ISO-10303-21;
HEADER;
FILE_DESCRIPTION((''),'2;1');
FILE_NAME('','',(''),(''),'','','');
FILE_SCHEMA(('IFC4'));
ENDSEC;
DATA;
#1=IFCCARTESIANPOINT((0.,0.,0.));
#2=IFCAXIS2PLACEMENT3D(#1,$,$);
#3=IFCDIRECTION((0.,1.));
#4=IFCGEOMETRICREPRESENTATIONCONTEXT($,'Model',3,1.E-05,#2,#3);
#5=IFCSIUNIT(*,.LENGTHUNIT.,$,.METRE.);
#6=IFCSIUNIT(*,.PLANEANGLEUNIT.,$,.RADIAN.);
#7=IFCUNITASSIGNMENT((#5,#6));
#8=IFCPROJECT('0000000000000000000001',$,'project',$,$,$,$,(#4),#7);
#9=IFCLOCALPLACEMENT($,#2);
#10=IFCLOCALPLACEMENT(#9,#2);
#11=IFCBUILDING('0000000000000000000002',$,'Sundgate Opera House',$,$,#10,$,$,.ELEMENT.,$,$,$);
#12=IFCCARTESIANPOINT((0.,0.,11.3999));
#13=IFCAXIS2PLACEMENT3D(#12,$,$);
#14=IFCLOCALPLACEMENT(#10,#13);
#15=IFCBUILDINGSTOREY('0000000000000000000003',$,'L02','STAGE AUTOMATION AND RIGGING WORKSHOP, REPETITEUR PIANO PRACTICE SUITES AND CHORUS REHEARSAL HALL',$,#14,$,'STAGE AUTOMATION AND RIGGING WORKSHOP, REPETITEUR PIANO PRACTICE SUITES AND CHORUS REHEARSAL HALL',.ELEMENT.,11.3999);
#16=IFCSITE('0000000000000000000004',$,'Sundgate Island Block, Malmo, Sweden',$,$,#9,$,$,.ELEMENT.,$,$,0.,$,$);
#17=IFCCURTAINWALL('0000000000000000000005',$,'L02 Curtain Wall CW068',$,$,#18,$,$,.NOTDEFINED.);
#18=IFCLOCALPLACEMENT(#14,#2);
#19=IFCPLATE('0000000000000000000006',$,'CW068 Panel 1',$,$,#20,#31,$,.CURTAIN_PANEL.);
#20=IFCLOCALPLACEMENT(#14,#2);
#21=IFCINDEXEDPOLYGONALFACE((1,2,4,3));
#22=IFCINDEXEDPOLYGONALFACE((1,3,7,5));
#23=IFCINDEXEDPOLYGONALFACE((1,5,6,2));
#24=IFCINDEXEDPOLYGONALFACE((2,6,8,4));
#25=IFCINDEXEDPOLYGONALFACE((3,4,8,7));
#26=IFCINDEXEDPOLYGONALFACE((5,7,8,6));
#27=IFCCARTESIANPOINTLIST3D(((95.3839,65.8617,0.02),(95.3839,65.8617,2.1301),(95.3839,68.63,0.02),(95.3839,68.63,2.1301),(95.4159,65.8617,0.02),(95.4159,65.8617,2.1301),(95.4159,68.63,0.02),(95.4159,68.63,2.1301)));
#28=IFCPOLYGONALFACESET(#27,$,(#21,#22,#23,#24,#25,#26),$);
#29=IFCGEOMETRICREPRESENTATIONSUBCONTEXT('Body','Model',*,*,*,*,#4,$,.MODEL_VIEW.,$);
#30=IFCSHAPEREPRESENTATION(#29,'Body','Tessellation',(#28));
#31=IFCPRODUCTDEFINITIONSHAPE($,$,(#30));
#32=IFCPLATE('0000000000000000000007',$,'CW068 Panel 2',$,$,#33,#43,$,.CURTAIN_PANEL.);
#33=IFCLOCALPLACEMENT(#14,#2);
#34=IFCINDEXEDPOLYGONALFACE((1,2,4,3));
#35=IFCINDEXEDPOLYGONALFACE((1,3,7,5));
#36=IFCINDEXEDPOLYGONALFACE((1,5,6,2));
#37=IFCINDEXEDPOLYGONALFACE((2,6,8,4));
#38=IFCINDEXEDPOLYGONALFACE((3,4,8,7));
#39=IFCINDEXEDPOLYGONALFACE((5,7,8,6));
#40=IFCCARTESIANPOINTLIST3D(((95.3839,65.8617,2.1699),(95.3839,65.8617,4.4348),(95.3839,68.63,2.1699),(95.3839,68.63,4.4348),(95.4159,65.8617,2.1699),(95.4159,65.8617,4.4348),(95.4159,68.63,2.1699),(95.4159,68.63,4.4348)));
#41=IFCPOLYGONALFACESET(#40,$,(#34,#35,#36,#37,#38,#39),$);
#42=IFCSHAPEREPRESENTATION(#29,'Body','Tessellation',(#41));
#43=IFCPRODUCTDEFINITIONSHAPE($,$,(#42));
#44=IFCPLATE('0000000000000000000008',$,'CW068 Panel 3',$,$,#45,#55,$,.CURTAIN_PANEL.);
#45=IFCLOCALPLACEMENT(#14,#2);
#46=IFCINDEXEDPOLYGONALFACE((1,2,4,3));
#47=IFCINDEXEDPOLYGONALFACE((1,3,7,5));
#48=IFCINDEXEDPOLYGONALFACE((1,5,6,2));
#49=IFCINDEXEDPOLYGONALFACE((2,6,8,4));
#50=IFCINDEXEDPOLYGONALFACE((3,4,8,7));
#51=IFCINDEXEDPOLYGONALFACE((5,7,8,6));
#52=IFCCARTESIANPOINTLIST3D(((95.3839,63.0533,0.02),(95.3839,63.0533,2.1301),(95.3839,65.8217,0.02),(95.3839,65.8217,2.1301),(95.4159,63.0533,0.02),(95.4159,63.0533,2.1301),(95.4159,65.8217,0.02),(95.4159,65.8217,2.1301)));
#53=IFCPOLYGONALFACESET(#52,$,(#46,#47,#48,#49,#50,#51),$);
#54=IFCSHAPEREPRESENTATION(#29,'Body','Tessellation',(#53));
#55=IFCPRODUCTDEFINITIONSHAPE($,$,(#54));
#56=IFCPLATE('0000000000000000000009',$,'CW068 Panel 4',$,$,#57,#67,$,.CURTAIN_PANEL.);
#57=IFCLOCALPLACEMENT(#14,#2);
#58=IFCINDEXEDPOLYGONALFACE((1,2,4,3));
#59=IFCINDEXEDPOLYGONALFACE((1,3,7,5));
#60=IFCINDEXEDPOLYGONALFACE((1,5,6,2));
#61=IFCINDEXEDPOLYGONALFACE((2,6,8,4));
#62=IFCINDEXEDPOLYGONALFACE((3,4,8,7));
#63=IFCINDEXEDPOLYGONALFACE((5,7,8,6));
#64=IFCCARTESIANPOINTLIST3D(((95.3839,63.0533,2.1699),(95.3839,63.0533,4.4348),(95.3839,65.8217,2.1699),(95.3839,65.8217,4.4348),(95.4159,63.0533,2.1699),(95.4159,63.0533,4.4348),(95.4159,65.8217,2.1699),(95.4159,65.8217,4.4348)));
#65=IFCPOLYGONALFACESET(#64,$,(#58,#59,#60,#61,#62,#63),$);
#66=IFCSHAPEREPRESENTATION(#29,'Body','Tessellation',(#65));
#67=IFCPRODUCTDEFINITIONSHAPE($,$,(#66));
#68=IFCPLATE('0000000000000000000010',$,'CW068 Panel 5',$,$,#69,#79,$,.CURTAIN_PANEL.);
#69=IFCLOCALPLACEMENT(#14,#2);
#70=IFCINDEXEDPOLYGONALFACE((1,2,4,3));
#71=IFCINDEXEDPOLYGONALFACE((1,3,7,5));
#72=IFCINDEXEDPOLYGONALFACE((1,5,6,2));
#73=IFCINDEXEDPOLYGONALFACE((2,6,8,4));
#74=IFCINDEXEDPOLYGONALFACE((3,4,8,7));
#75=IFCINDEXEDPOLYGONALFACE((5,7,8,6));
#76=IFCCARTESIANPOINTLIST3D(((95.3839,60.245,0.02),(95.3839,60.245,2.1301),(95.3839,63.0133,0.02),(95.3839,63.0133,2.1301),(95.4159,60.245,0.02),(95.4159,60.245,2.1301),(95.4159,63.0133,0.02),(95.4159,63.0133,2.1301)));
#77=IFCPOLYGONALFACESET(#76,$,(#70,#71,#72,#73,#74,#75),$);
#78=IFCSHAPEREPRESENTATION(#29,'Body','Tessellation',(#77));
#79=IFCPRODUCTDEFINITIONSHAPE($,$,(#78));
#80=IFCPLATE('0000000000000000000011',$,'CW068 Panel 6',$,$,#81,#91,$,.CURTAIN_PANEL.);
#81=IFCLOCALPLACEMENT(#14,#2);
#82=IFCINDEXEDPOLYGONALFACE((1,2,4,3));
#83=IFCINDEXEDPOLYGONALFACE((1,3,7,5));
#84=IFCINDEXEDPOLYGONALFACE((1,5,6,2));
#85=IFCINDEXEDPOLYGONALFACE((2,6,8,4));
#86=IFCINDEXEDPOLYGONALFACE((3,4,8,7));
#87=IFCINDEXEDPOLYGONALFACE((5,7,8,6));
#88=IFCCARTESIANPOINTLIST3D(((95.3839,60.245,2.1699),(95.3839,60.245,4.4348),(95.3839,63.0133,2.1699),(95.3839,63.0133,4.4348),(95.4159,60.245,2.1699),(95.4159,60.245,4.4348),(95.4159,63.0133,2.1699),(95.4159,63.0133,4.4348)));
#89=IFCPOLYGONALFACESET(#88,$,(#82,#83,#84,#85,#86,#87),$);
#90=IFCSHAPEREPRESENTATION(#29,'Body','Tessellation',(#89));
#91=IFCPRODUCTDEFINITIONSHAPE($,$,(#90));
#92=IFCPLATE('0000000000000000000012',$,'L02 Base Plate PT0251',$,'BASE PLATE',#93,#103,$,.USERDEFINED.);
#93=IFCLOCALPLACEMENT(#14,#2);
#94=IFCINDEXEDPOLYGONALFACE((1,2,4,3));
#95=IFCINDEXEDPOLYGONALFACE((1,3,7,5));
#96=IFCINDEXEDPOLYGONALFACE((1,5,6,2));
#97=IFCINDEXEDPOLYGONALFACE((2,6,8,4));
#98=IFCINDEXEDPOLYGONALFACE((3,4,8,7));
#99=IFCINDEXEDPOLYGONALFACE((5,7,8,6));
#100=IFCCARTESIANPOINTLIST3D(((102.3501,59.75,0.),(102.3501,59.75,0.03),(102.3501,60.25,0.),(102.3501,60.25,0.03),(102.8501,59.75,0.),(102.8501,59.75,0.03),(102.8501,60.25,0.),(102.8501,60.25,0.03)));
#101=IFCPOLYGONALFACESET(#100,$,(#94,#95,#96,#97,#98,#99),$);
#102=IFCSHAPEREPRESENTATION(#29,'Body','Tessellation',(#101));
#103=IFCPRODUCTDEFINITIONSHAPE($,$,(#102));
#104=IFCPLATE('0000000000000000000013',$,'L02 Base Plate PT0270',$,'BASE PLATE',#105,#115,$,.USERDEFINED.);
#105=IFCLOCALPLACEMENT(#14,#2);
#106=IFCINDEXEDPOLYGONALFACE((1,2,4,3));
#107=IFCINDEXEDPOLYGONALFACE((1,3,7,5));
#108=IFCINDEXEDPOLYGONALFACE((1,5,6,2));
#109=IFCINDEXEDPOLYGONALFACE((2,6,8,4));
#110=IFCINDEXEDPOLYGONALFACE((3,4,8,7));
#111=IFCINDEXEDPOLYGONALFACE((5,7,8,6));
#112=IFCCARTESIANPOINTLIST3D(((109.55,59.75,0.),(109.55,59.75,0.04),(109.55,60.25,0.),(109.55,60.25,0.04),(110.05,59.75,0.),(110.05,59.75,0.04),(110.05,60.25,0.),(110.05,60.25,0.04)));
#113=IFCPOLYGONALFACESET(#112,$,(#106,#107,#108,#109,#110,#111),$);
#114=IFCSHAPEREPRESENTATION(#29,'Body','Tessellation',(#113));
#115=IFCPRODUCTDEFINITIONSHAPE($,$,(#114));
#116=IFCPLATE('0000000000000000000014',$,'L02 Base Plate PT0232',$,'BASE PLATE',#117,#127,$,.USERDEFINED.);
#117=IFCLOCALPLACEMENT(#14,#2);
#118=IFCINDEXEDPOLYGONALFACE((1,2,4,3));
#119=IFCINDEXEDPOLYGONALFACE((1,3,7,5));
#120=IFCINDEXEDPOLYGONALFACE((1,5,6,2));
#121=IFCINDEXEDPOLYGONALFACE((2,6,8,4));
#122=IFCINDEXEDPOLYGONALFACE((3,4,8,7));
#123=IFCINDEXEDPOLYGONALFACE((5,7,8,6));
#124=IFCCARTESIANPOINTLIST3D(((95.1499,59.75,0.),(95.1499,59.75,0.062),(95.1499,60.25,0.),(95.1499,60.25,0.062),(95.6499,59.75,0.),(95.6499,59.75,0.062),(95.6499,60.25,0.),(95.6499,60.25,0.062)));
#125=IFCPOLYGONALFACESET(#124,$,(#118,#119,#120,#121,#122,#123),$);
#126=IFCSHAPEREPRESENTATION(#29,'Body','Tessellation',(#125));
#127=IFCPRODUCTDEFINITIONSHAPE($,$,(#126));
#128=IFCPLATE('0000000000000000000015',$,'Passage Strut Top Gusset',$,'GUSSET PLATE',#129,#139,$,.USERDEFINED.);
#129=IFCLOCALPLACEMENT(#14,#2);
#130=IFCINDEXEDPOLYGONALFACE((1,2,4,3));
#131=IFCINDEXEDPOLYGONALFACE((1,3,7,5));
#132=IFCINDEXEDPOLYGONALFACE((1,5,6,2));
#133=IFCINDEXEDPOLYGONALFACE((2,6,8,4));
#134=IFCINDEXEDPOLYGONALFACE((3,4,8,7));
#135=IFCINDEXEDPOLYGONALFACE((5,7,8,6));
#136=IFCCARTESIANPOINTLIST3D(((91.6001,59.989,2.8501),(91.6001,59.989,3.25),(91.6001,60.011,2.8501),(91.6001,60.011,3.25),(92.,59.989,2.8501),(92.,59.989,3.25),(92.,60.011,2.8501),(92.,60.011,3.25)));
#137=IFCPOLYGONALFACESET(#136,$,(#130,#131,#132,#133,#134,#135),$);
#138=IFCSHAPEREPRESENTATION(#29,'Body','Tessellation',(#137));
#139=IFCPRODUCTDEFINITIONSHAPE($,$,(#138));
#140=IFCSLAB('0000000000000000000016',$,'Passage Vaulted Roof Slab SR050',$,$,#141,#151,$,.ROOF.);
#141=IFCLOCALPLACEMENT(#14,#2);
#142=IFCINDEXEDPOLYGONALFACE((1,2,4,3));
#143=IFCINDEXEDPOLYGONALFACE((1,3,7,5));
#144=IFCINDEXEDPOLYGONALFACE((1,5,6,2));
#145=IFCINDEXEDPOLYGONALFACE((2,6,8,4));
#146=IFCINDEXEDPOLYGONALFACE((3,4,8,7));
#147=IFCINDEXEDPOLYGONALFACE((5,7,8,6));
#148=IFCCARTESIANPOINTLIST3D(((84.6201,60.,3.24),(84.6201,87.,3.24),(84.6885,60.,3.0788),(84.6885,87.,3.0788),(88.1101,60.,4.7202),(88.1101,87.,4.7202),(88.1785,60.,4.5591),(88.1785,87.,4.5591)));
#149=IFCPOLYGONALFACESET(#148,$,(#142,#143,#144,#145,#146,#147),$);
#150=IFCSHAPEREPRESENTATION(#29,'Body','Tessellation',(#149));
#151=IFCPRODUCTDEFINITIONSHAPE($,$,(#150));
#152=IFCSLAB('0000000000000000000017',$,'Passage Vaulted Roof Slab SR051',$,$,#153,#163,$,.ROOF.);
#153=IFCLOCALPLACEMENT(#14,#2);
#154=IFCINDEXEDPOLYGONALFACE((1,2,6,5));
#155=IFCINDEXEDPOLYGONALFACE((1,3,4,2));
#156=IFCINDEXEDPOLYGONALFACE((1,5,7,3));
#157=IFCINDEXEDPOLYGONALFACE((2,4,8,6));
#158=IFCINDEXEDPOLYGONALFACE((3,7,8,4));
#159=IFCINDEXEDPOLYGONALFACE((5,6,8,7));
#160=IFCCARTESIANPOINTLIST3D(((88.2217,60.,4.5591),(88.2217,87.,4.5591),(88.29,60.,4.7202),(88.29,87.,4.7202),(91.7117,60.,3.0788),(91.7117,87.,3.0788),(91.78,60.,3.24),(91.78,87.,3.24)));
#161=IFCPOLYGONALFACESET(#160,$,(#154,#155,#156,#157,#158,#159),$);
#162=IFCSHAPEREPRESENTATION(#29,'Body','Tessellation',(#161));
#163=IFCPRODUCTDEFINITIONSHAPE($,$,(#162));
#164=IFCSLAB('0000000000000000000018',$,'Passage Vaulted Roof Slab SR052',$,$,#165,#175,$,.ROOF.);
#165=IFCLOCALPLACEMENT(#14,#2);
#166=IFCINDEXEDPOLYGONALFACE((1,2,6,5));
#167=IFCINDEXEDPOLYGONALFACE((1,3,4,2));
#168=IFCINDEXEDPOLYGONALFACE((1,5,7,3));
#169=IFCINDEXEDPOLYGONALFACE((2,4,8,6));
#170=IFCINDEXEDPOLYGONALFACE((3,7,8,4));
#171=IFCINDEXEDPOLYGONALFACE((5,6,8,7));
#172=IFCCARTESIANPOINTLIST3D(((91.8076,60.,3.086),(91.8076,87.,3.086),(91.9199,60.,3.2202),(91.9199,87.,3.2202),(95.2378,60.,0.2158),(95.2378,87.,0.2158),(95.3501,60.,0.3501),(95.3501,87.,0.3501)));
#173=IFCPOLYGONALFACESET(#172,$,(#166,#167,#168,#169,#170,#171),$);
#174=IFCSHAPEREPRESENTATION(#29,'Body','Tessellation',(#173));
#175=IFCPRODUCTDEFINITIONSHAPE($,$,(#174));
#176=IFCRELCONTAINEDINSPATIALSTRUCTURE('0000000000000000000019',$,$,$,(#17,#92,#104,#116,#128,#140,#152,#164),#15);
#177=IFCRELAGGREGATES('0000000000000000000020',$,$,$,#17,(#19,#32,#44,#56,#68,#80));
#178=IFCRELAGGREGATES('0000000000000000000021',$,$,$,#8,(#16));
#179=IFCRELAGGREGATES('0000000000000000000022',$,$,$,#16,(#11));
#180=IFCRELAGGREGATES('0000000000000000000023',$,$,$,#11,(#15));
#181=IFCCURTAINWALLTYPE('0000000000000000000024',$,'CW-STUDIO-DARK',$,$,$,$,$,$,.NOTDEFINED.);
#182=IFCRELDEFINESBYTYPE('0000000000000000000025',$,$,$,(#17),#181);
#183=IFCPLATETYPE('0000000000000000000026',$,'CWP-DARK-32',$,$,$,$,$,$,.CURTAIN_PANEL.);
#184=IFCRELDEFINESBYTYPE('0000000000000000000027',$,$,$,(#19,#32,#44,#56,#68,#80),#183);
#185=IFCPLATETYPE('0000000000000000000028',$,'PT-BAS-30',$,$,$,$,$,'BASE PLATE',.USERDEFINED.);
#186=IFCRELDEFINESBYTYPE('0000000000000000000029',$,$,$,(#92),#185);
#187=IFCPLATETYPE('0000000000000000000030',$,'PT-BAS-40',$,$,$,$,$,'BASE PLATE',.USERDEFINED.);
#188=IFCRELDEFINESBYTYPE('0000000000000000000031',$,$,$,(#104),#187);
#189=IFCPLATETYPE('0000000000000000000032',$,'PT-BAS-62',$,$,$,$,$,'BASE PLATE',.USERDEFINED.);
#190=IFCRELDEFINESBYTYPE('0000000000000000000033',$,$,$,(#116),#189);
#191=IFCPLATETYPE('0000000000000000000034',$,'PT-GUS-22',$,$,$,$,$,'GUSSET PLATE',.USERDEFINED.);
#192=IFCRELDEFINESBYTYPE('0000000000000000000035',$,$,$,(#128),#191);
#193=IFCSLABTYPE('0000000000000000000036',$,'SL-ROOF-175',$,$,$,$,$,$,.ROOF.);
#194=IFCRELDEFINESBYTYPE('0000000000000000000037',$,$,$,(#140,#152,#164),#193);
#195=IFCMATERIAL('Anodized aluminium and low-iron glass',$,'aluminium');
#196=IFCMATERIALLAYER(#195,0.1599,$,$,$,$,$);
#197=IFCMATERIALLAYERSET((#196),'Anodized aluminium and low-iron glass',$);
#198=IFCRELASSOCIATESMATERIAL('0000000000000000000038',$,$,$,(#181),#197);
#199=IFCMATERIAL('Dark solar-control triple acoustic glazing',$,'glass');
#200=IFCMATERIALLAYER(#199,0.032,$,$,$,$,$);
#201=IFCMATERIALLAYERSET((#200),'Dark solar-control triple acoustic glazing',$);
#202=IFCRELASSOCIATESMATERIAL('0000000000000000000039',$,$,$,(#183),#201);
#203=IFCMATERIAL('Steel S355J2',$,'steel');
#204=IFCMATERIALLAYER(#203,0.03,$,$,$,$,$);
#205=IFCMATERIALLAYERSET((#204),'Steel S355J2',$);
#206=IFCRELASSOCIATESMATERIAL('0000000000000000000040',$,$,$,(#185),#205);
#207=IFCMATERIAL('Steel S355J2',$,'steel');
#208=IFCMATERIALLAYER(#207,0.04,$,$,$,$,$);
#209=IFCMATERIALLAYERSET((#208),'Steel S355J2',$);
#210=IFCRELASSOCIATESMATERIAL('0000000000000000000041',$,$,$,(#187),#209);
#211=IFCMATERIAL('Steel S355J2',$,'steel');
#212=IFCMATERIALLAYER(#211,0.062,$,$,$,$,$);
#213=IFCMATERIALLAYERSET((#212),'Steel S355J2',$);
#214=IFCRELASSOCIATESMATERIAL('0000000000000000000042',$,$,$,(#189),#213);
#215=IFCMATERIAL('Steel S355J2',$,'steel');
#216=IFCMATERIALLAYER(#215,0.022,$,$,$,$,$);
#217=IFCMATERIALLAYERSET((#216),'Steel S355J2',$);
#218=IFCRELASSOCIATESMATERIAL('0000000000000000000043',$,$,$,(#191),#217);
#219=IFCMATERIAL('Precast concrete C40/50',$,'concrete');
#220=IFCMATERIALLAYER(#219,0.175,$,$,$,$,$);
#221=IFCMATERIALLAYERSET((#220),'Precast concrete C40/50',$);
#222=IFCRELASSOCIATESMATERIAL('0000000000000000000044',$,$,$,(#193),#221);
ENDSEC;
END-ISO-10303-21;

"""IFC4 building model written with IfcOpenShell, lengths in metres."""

from ifc_helpers import new_model, si_unit, direction, frame, origin, origin_2d, place, context, subcontext, project, spatial, polyline, rectangle, outline, extrude, material, layer, layer_set, type_object, element, aggregate, save


model = new_model("IFC4")

# Units and contexts
model_context = context("Model", 3, precision=1e-05, world=origin(), true_north=direction((0.0, 1.0)))
body_context = subcontext(model_context, "Body", "Model", "MODEL_VIEW")
ifc_project = project(units=[si_unit("LENGTHUNIT", "METRE"), si_unit("PLANEANGLEUNIT", "RADIAN")], contexts=[model_context])

# Site, building, storey
site_placement = place(None, origin())
site = spatial("IfcSite", under=ifc_project, at=site_placement, Name="Sundgate Island Block, Malmo, Sweden", CompositionType="ELEMENT", RefElevation=0.0)
building_placement = place(site_placement, origin())
building = spatial("IfcBuilding", under=site, at=building_placement, Name="Sundgate Opera House", CompositionType="ELEMENT")
storey_placement = place(building_placement, frame((0.0, 0.0, 11.3999)))
storey = spatial("IfcBuildingStorey", under=building, at=storey_placement, Name="L02", Description="STAGE AUTOMATION AND RIGGING WORKSHOP, REPETITEUR PIANO PRACTICE SUITES AND CHORUS REHEARSAL HALL", LongName="STAGE AUTOMATION AND RIGGING WORKSHOP, REPETITEUR PIANO PRACTICE SUITES AND CHORUS REHEARSAL HALL", CompositionType="ELEMENT", Elevation=11.3999)

# Curtain wall
ifc_material_1 = material(Name="Anodized aluminium and low-iron glass", Category="aluminium")
ifc_layer_1 = layer(ifc_material_1, 0.1599)
ifc_layer_set_1 = layer_set([ifc_layer_1], Name="Anodized aluminium and low-iron glass")
curtain_wall_type = type_object("IfcCurtainWallType", Name="CW-STUDIO-DARK", PredefinedType="NOTDEFINED", material=ifc_layer_set_1)
curtain_wall_placement = place(storey_placement, origin())
curtain_wall = element("IfcCurtainWall", 1, at=curtain_wall_placement, inside=storey, type_object=curtain_wall_type, Name="L02 Curtain Wall CW068", PredefinedType="NOTDEFINED")

# Plates
ifc_material_2 = material(Name="Dark solar-control triple acoustic glazing", Category="glass")
ifc_layer_2 = layer(ifc_material_2, 0.032)
ifc_layer_set_2 = layer_set([ifc_layer_2], Name="Dark solar-control triple acoustic glazing")
plate_type_1 = type_object("IfcPlateType", Name="CWP-DARK-32", PredefinedType="CURTAIN_PANEL", material=ifc_layer_set_2)
plate_1_placement = place(storey_placement, frame((95.3999, 67.2458, 0.02), z_axis=(0.0, 0.0, 1.0), x_axis=(0.0, -1.0, 0.0)))
plate_1 = element("IfcPlate", 2, at=plate_1_placement, type_object=plate_type_1, Name="CW068 Panel 1", PredefinedType="CURTAIN_PANEL", context=body_context, shape_type="SweptSolid", body=[
    extrude(rectangle(XDim=2.7683, YDim=0.032, at=origin_2d()), origin(), (0.0, 0.0, 1.0), 2.1101),
])
plate_2_placement = place(storey_placement, frame((95.3999, 67.2458, 2.1699), z_axis=(0.0, 0.0, 1.0), x_axis=(0.0, -1.0, 0.0)))
plate_2 = element("IfcPlate", 3, at=plate_2_placement, type_object=plate_type_1, Name="CW068 Panel 2", PredefinedType="CURTAIN_PANEL", context=body_context, shape_type="SweptSolid", body=[
    extrude(rectangle(XDim=2.7683, YDim=0.032, at=origin_2d()), origin(), (0.0, 0.0, 1.0), 2.2649),
])
plate_3_placement = place(storey_placement, frame((95.3999, 64.4375, 0.02), z_axis=(0.0, 0.0, 1.0), x_axis=(0.0, -1.0, 0.0)))
plate_3 = element("IfcPlate", 4, at=plate_3_placement, type_object=plate_type_1, Name="CW068 Panel 3", PredefinedType="CURTAIN_PANEL", context=body_context, shape_type="SweptSolid", body=[
    extrude(rectangle(XDim=2.7683, YDim=0.032, at=origin_2d()), origin(), (0.0, 0.0, 1.0), 2.1101),
])
plate_4_placement = place(storey_placement, frame((95.3999, 64.4375, 2.1699), z_axis=(0.0, 0.0, 1.0), x_axis=(0.0, -1.0, 0.0)))
plate_4 = element("IfcPlate", 5, at=plate_4_placement, type_object=plate_type_1, Name="CW068 Panel 4", PredefinedType="CURTAIN_PANEL", context=body_context, shape_type="SweptSolid", body=[
    extrude(rectangle(XDim=2.7683, YDim=0.032, at=origin_2d()), origin(), (0.0, 0.0, 1.0), 2.2649),
])
plate_5_placement = place(storey_placement, frame((95.3999, 61.6292, 0.02), z_axis=(0.0, 0.0, 1.0), x_axis=(0.0, -1.0, 0.0)))
plate_5 = element("IfcPlate", 6, at=plate_5_placement, type_object=plate_type_1, Name="CW068 Panel 5", PredefinedType="CURTAIN_PANEL", context=body_context, shape_type="SweptSolid", body=[
    extrude(rectangle(XDim=2.7683, YDim=0.032, at=origin_2d()), origin(), (0.0, 0.0, 1.0), 2.1101),
])
plate_6_placement = place(storey_placement, frame((95.3999, 61.6292, 2.1699), z_axis=(0.0, 0.0, 1.0), x_axis=(0.0, -1.0, 0.0)))
plate_6 = element("IfcPlate", 7, at=plate_6_placement, type_object=plate_type_1, Name="CW068 Panel 6", PredefinedType="CURTAIN_PANEL", context=body_context, shape_type="SweptSolid", body=[
    extrude(rectangle(XDim=2.7683, YDim=0.032, at=origin_2d()), origin(), (0.0, 0.0, 1.0), 2.2649),
])
aggregate(curtain_wall, [plate_1, plate_2, plate_3, plate_4, plate_5, plate_6])

# Plates
ifc_material_3 = material(Name="Steel S355J2", Category="steel")
ifc_layer_3 = layer(ifc_material_3, 0.03)
ifc_layer_set_3 = layer_set([ifc_layer_3], Name="Steel S355J2")
plate_type_2 = type_object("IfcPlateType", Name="PT-BAS-30", ElementType="BASE PLATE", PredefinedType="USERDEFINED", material=ifc_layer_set_3)
plate_7_placement = place(storey_placement, frame((102.6001, 60.0, 0.0), z_axis=(0.0, 0.0, 1.0), x_axis=(1.0, 0.0, 0.0)))
element("IfcPlate", 8, at=plate_7_placement, inside=storey, type_object=plate_type_2, Name="L02 Base Plate PT0251", ObjectType="BASE PLATE", PredefinedType="USERDEFINED", context=body_context, shape_type="SweptSolid", body=[
    extrude(rectangle(XDim=0.5, YDim=0.5, at=origin_2d()), origin(), (0.0, 0.0, 1.0), 0.03),
])
ifc_material_4 = material(Name="Steel S355J2", Category="steel")
ifc_layer_4 = layer(ifc_material_4, 0.04)
ifc_layer_set_4 = layer_set([ifc_layer_4], Name="Steel S355J2")
plate_type_3 = type_object("IfcPlateType", Name="PT-BAS-40", ElementType="BASE PLATE", PredefinedType="USERDEFINED", material=ifc_layer_set_4)
plate_8_placement = place(storey_placement, frame((109.8, 60.0, 0.0), z_axis=(0.0, 0.0, 1.0), x_axis=(1.0, 0.0, 0.0)))
element("IfcPlate", 9, at=plate_8_placement, inside=storey, type_object=plate_type_3, Name="L02 Base Plate PT0270", ObjectType="BASE PLATE", PredefinedType="USERDEFINED", context=body_context, shape_type="SweptSolid", body=[
    extrude(rectangle(XDim=0.5, YDim=0.5, at=origin_2d()), origin(), (0.0, 0.0, 1.0), 0.04),
])
ifc_material_5 = material(Name="Steel S355J2", Category="steel")
ifc_layer_5 = layer(ifc_material_5, 0.062)
ifc_layer_set_5 = layer_set([ifc_layer_5], Name="Steel S355J2")
plate_type_4 = type_object("IfcPlateType", Name="PT-BAS-62", ElementType="BASE PLATE", PredefinedType="USERDEFINED", material=ifc_layer_set_5)
plate_9_placement = place(storey_placement, frame((95.3999, 60.0, 0.0), z_axis=(0.0, 0.0, 1.0), x_axis=(1.0, 0.0, 0.0)))
element("IfcPlate", 10, at=plate_9_placement, inside=storey, type_object=plate_type_4, Name="L02 Base Plate PT0232", ObjectType="BASE PLATE", PredefinedType="USERDEFINED", context=body_context, shape_type="SweptSolid", body=[
    extrude(rectangle(XDim=0.5, YDim=0.5, at=origin_2d()), origin(), (0.0, 0.0, 1.0), 0.062),
])
ifc_material_6 = material(Name="Steel S355J2", Category="steel")
ifc_layer_6 = layer(ifc_material_6, 0.022)
ifc_layer_set_6 = layer_set([ifc_layer_6], Name="Steel S355J2")
plate_type_5 = type_object("IfcPlateType", Name="PT-GUS-22", ElementType="GUSSET PLATE", PredefinedType="USERDEFINED", material=ifc_layer_set_6)
plate_10_placement = place(storey_placement, frame((91.8, 60.0, 2.8501), z_axis=(0.0, 0.0, 1.0), x_axis=(1.0, 0.0, 0.0)))
element("IfcPlate", 11, at=plate_10_placement, inside=storey, type_object=plate_type_5, Name="Passage Strut Top Gusset", ObjectType="GUSSET PLATE", PredefinedType="USERDEFINED", context=body_context, shape_type="SweptSolid", body=[
    extrude(rectangle(XDim=0.3999, YDim=0.022, at=origin_2d()), origin(), (0.0, 0.0, 1.0), 0.3999),
])

# Slabs
ifc_material_7 = material(Name="Precast concrete C40/50", Category="concrete")
ifc_layer_7 = layer(ifc_material_7, 0.175)
ifc_layer_set_7 = layer_set([ifc_layer_7], Name="Precast concrete C40/50")
slab_type = type_object("IfcSlabType", Name="SL-ROOF-175", PredefinedType="ROOF", material=ifc_layer_set_7)
for number, where, z_axis, x_axis, name in (
    (12, (84.6201, 60.0, 3.24), (-0.390465, 0.0, 0.920618), (0.920618, 0.0, 0.390465), "Passage Vaulted Roof Slab SR050"),
    (13, (88.29, 60.0, 4.7202), (0.390465, 0.0, 0.920618), (0.920618, 0.0, -0.390465), "Passage Vaulted Roof Slab SR051"),
):
    element("IfcSlab", number, at=place(storey_placement, frame(where, z_axis=z_axis, x_axis=x_axis)), inside=storey, type_object=slab_type, Name=name, PredefinedType="ROOF", context=body_context, shape_type="SweptSolid", body=[
        extrude(outline(polyline([(0.0, 0.0), (3.7909, 0.0), (3.7909, 27.0), (0.0, 27.0), (0.0, 0.0)])), origin(), (0.0, 0.0, -1.0), 0.175),
    ])
slab_placement = place(storey_placement, frame((91.9199, 60.0, 3.2202), z_axis=(0.641719, 0.0, 0.76694), x_axis=(0.76694, 0.0, -0.641719)))
element("IfcSlab", 14, at=slab_placement, inside=storey, type_object=slab_type, Name="Passage Vaulted Roof Slab SR052", PredefinedType="ROOF", context=body_context, shape_type="SweptSolid", body=[
    extrude(outline(polyline([(0.0, 0.0), (4.4725, 0.0), (4.4725, 27.0), (0.0, 27.0), (0.0, 0.0)])), origin(), (0.0, 0.0, -1.0), 0.175),
])

save(model, "model.ifc")
